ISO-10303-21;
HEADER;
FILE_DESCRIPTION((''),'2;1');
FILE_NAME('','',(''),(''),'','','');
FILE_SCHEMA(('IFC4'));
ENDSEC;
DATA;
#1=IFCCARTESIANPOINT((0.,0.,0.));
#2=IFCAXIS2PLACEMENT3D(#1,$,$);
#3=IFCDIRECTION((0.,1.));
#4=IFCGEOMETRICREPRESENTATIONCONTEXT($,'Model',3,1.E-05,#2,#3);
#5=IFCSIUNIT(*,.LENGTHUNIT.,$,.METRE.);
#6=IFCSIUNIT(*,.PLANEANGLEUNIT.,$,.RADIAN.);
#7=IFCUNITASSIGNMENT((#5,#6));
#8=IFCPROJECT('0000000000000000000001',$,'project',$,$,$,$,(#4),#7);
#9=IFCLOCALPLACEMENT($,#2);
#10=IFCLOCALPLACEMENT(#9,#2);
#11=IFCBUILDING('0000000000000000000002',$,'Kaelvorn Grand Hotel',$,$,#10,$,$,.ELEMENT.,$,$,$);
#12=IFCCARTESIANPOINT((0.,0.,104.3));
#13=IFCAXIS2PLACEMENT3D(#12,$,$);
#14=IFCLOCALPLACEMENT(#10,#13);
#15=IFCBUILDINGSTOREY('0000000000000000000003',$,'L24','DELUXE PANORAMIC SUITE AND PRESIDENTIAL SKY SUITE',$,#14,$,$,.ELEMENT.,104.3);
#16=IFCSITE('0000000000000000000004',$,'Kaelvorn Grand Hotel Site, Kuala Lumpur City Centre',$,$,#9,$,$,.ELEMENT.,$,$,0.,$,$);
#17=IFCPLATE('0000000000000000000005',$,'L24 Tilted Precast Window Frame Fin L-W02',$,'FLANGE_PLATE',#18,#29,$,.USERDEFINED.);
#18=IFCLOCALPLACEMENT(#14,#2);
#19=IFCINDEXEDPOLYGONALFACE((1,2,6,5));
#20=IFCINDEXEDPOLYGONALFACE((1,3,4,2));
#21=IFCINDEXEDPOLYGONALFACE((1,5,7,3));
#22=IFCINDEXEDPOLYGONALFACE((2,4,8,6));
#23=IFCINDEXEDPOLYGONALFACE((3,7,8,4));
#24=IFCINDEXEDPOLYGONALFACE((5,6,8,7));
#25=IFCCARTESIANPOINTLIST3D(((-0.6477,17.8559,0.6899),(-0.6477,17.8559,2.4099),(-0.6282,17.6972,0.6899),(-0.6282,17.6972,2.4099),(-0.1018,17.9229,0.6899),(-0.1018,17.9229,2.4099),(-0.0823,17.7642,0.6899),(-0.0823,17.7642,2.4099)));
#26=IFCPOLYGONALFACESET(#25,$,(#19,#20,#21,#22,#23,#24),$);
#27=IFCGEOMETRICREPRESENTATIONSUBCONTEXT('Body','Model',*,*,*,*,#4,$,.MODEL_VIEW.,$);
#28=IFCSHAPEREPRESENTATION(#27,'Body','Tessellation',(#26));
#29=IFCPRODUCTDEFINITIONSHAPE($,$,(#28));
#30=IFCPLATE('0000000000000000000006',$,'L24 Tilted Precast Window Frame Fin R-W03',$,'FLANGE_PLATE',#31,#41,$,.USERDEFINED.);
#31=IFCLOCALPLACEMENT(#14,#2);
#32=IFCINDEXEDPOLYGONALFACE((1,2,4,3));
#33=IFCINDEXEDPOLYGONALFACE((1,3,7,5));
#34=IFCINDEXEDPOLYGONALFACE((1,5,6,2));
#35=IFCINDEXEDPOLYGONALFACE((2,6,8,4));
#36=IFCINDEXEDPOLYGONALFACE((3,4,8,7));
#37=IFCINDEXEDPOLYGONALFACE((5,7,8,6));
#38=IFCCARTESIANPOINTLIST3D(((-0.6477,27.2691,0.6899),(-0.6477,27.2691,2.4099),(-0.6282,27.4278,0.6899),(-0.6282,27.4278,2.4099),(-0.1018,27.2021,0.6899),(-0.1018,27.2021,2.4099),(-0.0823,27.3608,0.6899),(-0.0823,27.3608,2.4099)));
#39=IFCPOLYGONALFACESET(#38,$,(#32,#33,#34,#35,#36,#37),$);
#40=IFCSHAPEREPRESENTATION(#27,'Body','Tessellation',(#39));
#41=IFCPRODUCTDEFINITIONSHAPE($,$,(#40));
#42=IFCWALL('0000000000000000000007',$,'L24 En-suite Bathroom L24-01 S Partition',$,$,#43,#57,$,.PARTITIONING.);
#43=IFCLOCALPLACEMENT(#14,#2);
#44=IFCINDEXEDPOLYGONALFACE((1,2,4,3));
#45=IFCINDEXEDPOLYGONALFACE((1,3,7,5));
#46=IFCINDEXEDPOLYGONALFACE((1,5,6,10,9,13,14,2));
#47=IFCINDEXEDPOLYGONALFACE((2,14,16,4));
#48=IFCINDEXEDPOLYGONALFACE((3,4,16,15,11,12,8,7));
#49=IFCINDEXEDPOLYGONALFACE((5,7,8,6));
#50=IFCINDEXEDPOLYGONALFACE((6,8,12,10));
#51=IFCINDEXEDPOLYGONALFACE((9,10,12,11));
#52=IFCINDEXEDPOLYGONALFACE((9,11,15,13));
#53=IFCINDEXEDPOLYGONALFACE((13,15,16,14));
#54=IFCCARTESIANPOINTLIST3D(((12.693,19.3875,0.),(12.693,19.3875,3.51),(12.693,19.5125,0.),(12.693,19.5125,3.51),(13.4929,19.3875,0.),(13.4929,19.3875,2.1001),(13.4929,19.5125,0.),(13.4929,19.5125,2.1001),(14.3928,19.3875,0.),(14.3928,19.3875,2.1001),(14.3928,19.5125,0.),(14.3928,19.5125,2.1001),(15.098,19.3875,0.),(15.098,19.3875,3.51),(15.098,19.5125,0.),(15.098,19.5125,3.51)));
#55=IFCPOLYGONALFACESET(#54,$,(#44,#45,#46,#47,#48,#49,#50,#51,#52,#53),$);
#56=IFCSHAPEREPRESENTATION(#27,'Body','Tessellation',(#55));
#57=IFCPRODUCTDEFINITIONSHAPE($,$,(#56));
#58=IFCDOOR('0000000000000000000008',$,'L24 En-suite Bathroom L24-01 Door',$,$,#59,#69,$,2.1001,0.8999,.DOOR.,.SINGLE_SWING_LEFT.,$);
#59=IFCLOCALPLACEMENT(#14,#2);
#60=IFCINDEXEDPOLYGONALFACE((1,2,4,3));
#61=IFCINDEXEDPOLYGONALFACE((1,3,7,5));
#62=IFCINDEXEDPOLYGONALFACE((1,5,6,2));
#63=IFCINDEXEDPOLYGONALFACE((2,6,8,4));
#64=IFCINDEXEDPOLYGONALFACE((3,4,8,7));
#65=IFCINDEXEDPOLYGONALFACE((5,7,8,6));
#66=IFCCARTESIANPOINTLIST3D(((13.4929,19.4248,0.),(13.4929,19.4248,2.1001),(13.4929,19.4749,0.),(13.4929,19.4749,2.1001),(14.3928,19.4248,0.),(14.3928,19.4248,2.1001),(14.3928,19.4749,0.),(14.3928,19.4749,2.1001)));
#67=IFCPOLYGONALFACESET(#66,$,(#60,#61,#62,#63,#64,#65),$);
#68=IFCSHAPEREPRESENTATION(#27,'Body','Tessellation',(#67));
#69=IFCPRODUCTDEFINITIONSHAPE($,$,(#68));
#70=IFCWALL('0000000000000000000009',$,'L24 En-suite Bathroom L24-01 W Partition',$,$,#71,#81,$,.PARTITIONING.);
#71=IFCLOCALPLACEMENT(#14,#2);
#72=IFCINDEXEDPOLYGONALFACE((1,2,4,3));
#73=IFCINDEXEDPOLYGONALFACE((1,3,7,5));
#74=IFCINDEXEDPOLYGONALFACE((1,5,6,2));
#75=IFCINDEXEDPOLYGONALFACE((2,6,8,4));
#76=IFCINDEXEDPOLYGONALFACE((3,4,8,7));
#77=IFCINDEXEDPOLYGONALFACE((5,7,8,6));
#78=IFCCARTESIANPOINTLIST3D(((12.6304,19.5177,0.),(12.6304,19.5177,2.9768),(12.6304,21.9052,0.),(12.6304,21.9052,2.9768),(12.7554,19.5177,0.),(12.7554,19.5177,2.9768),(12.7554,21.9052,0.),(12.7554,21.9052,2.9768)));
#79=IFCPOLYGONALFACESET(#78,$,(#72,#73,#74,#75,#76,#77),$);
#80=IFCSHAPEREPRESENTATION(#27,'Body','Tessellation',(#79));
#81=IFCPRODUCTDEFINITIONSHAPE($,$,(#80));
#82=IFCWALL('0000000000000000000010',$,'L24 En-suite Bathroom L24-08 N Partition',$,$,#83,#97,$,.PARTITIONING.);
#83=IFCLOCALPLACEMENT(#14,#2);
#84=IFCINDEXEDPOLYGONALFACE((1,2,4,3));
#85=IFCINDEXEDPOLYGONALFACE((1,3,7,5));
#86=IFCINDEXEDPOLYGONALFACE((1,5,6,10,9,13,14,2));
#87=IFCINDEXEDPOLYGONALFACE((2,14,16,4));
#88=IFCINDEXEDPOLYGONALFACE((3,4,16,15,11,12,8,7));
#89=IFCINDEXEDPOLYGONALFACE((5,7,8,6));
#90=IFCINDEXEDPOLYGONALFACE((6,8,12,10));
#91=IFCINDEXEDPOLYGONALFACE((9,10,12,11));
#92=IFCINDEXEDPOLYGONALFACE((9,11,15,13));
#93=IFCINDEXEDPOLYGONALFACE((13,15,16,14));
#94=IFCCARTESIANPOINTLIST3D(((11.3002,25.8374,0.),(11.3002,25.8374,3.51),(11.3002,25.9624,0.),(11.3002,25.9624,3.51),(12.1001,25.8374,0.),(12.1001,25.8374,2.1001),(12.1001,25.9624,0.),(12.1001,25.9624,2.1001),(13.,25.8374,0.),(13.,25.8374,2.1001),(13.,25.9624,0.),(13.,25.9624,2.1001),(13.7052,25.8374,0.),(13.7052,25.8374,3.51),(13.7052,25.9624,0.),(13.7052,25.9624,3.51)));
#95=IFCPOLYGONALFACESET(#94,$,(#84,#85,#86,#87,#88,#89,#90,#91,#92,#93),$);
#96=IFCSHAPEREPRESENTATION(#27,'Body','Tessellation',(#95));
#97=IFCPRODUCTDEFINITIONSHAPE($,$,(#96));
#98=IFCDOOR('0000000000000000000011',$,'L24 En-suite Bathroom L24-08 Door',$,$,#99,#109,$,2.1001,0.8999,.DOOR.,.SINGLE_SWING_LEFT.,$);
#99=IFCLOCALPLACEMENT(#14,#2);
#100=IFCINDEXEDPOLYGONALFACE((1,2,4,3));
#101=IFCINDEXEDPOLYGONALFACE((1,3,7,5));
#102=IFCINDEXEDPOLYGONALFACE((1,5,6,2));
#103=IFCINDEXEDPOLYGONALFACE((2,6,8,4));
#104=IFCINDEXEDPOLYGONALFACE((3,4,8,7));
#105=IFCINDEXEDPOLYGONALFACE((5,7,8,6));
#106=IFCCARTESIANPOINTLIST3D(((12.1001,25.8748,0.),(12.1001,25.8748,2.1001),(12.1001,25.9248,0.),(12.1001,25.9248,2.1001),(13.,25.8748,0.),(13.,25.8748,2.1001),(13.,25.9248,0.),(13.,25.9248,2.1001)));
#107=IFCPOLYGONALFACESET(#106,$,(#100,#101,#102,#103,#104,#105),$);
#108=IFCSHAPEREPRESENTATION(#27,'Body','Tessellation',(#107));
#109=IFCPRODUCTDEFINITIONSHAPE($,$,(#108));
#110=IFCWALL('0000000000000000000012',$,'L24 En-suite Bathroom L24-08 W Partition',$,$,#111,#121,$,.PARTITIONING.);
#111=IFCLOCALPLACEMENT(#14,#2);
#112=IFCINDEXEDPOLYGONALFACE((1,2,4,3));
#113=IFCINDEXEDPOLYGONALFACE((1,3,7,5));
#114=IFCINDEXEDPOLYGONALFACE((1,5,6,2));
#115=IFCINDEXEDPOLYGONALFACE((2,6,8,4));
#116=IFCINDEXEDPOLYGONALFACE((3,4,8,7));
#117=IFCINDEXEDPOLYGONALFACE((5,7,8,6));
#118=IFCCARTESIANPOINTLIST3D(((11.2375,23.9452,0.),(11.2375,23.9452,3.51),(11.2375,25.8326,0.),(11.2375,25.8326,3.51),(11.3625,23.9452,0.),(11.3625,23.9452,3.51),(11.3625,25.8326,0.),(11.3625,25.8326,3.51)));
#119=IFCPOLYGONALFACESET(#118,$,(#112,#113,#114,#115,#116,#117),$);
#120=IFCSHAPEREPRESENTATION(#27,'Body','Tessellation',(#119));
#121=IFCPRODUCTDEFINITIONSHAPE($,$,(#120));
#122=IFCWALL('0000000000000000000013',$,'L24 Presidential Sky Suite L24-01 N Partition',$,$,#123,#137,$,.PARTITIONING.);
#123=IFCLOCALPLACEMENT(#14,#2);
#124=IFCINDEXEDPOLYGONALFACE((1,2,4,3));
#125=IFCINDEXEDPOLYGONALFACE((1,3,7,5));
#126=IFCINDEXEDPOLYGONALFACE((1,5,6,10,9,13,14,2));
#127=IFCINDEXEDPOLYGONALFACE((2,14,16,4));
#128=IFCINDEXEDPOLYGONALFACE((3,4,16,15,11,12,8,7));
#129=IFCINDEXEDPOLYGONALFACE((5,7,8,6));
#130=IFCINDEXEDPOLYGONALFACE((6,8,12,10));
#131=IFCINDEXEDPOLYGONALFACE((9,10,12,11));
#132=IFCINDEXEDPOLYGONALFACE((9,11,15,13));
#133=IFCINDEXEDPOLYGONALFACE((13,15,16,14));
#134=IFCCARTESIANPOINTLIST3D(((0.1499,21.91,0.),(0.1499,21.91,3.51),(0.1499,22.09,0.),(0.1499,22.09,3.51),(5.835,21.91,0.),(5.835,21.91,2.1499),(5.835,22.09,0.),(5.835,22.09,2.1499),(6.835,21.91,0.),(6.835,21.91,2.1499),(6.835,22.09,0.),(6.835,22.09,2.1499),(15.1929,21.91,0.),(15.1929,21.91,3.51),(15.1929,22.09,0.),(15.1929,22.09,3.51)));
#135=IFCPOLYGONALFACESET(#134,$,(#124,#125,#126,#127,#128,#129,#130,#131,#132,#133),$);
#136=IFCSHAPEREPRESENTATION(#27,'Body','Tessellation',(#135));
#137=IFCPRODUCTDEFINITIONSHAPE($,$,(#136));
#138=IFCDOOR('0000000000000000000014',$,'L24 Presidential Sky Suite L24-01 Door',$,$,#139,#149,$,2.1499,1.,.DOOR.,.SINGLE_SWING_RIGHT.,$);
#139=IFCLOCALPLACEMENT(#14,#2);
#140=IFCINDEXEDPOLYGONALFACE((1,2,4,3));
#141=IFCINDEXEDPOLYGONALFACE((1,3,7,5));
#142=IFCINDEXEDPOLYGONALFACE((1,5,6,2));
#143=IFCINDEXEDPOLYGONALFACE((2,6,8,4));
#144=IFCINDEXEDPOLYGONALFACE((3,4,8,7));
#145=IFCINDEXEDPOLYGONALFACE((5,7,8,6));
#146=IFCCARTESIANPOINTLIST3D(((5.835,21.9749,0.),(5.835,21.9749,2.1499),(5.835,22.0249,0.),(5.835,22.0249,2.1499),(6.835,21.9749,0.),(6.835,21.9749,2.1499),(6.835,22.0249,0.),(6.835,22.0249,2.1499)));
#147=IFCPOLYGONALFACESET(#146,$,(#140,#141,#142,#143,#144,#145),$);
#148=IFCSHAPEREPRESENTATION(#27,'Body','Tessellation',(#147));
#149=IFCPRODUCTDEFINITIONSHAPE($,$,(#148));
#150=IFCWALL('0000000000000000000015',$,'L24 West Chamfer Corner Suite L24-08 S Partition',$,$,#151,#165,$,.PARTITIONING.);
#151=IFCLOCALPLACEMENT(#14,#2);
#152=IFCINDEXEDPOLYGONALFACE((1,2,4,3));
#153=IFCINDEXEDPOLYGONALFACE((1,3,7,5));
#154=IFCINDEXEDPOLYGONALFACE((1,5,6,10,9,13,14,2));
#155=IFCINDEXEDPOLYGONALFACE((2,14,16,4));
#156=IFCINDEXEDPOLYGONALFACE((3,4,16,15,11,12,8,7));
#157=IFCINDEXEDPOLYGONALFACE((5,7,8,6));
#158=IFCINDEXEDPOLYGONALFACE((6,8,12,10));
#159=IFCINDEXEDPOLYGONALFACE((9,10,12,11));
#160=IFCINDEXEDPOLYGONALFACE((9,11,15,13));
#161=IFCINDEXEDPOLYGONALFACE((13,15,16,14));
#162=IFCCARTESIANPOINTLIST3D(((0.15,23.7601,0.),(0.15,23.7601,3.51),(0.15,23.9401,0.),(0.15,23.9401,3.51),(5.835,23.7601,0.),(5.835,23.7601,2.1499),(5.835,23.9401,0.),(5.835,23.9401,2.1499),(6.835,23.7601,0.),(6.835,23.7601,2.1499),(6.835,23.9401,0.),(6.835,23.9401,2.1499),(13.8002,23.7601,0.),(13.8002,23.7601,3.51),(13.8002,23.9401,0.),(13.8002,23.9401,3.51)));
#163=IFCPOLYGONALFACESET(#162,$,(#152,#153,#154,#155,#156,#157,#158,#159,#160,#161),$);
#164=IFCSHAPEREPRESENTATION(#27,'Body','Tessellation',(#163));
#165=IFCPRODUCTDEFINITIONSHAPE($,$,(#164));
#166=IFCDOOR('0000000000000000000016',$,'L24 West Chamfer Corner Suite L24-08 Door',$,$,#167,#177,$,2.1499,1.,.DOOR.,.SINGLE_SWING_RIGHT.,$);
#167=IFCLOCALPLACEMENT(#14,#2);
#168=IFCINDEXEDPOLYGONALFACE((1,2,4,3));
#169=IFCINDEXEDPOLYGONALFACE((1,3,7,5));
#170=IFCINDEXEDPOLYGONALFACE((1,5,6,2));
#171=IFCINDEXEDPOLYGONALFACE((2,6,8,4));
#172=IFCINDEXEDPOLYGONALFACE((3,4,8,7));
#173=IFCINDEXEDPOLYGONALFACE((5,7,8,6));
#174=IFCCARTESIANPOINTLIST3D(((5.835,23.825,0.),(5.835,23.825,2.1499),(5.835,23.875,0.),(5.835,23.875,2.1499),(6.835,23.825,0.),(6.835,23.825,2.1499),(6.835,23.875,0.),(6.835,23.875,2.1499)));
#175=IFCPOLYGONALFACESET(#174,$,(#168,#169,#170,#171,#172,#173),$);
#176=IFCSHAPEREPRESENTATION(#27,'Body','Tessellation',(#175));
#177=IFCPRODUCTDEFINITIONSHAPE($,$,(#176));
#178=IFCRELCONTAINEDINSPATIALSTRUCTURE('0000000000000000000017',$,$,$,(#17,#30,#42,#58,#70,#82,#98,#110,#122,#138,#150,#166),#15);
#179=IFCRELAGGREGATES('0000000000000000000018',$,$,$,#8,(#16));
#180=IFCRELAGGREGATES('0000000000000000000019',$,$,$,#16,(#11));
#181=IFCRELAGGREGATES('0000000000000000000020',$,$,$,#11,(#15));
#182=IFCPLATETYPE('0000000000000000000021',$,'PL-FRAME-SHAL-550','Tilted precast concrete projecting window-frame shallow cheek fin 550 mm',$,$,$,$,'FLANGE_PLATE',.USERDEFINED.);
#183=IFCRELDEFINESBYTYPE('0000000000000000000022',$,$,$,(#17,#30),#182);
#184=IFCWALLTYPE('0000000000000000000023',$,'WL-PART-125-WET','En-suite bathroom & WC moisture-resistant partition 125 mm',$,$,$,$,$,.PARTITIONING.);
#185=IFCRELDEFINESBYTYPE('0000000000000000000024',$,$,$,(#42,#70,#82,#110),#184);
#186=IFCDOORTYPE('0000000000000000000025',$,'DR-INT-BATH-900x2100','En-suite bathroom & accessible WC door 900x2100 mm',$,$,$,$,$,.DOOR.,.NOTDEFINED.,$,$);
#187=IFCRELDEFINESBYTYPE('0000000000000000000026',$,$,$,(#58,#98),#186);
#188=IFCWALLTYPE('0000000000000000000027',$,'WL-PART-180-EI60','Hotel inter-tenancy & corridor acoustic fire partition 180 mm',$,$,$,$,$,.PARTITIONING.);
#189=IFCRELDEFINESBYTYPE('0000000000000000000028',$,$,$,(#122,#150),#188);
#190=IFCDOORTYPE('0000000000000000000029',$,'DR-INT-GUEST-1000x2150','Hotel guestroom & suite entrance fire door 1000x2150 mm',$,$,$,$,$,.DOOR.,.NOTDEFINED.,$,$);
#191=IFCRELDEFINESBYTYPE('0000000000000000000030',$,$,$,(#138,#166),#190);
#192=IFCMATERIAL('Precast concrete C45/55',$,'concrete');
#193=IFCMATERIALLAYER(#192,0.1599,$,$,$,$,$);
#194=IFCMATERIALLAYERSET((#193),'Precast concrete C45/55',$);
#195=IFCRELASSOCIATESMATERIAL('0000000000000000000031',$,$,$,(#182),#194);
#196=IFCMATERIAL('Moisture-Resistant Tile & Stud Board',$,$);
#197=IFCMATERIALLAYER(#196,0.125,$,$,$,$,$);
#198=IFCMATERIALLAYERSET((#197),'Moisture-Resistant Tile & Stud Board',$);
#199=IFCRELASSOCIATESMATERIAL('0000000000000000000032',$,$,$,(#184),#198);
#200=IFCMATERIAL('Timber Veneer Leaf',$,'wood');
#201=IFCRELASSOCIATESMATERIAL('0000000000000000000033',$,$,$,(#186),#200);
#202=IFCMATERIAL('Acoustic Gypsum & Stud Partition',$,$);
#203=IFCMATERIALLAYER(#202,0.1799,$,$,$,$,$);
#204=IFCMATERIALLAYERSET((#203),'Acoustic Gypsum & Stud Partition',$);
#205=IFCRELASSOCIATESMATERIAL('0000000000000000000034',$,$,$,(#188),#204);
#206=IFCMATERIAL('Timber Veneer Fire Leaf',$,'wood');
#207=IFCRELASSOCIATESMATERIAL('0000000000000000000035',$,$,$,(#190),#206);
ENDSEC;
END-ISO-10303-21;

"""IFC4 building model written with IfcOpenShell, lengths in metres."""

from ifc_helpers import new_model, si_unit, direction, frame, frame_2d, origin, origin_2d, place, context, subcontext, project, spatial, rectangle, extrude, material, layer, layer_set, type_object, element, fill, save


model = new_model("IFC4")

# Units and contexts
model_context = context("Model", 3, precision=1e-05, world=origin(), true_north=direction((0.0, 1.0)))
body_context = subcontext(model_context, "Body", "Model", "MODEL_VIEW")
ifc_project = project(units=[si_unit("LENGTHUNIT", "METRE"), si_unit("PLANEANGLEUNIT", "RADIAN")], contexts=[model_context])

# Site, building, storey
site_placement = place(None, origin())
site = spatial("IfcSite", under=ifc_project, at=site_placement, Name="Kaelvorn Grand Hotel Site, Kuala Lumpur City Centre", CompositionType="ELEMENT", RefElevation=0.0)
building_placement = place(site_placement, origin())
building = spatial("IfcBuilding", under=site, at=building_placement, Name="Kaelvorn Grand Hotel", CompositionType="ELEMENT")
storey_placement = place(building_placement, frame((0.0, 0.0, 104.3)))
storey = spatial("IfcBuildingStorey", under=building, at=storey_placement, Name="L24", Description="DELUXE PANORAMIC SUITE AND PRESIDENTIAL SKY SUITE", CompositionType="ELEMENT", Elevation=104.3)

# Plates
ifc_material_1 = material(Name="Precast concrete C45/55", Category="concrete")
ifc_layer_1 = layer(ifc_material_1, 0.1599)
ifc_layer_set_1 = layer_set([ifc_layer_1], Name="Precast concrete C45/55")
plate_type_1 = type_object("IfcPlateType", Name="PL-FRAME-SHAL-550", Description="Tilted precast concrete projecting window-frame shallow cheek fin 550 mm", ElementType="FLANGE_PLATE", PredefinedType="USERDEFINED", material=ifc_layer_set_1)
for number, where, z_axis, x_axis, name in (
    (1, (-0.365, 17.8101, 0.6899), (0.0, 0.0, 1.0), (-0.121869, 0.992546, 0.0), "L24 Tilted Precast Window Frame Fin L-W02"),
    (2, (-0.365, 27.3149, 0.6899), (0.0, 0.0, 1.0), (0.121869, 0.992546, 0.0), "L24 Tilted Precast Window Frame Fin R-W03"),
):
    element("IfcPlate", number, at=place(storey_placement, frame(where, z_axis=z_axis, x_axis=x_axis)), inside=storey, type_object=plate_type_1, Name=name, ObjectType="FLANGE_PLATE", PredefinedType="USERDEFINED", context=body_context, shape_type="SweptSolid", body=[
        extrude(rectangle(XDim=0.1599, YDim=0.55, at=origin_2d()), origin(), (0.0, 0.0, 1.0), 1.72),
    ])

# Wall, opening, door
ifc_material_2 = material(Name="Moisture-Resistant Tile & Stud Board")
ifc_layer_2 = layer(ifc_material_2, 0.125)
ifc_layer_set_2 = layer_set([ifc_layer_2], Name="Moisture-Resistant Tile & Stud Board")
wall_type_1 = type_object("IfcWallType", Name="WL-PART-125-WET", Description="En-suite bathroom & WC moisture-resistant partition 125 mm", PredefinedType="PARTITIONING", material=ifc_layer_set_2)
wall_1_placement = place(storey_placement, frame((12.6929, 19.45, 0.0), z_axis=(0.0, 0.0, 1.0), x_axis=(1.0, 0.0, 0.0)))
wall_1 = element("IfcWall", 3, at=wall_1_placement, inside=storey, type_object=wall_type_1, Name="L24 En-suite Bathroom L24-01 S Partition", PredefinedType="PARTITIONING", context=body_context, shape_type="SweptSolid", body=[
    extrude(rectangle(XDim=2.405, YDim=0.125, at=frame_2d((1.2026, 0.0))), origin(), (0.0, 0.0, 1.0), 3.51),
])
opening_1_placement = place(wall_1_placement, frame((0.8, 0.0, 0.0)))
opening_1 = element("IfcOpeningElement", 4, at=opening_1_placement, cuts=wall_1, PredefinedType="OPENING", context=body_context, shape_type="SweptSolid", body=[
    extrude(rectangle(XDim=0.8999, YDim=2.1001, at=frame_2d((0.45, 1.05))), frame((0.0, 0.0725, 0.0), z_axis=(0.0, -1.0, 0.0), x_axis=(1.0, 0.0, 0.0)), (0.0, 0.0, 1.0), 0.145),
])
ifc_material_3 = material(Name="Timber Veneer Leaf", Category="wood")
door_type_1 = type_object("IfcDoorType", Name="DR-INT-BATH-900x2100", Description="En-suite bathroom & accessible WC door 900x2100 mm", OperationType="NOTDEFINED", PredefinedType="DOOR", material=ifc_material_3)
door_1_placement = place(opening_1_placement, origin())
door_1 = element("IfcDoor", 5, at=door_1_placement, inside=storey, type_object=door_type_1, Name="L24 En-suite Bathroom L24-01 Door", OperationType="SINGLE_SWING_LEFT", OverallHeight=2.1001, OverallWidth=0.8999, PredefinedType="DOOR", context=body_context, shape_type="SweptSolid", body=[
    extrude(rectangle(XDim=0.8999, YDim=2.1001, at=frame_2d((0.45, 1.05))), frame((0.0, 0.0249, 0.0), z_axis=(0.0, -1.0, 0.0), x_axis=(1.0, 0.0, 0.0)), (0.0, 0.0, 1.0), 0.05),
])
fill(opening_1, door_1)

# Wall
wall_2_placement = place(storey_placement, frame((12.6929, 19.5176, 0.0), z_axis=(0.0, 0.0, 1.0), x_axis=(0.0, 1.0, 0.0)))
element("IfcWall", 6, at=wall_2_placement, inside=storey, type_object=wall_type_1, Name="L24 En-suite Bathroom L24-01 W Partition", PredefinedType="PARTITIONING", context=body_context, shape_type="SweptSolid", body=[
    extrude(rectangle(XDim=2.3875, YDim=0.125, at=frame_2d((1.1938, 0.0))), origin(), (0.0, 0.0, 1.0), 2.9768),
])

# Wall, opening, door
wall_3_placement = place(storey_placement, frame((11.3, 25.8999, 0.0), z_axis=(0.0, 0.0, 1.0), x_axis=(1.0, 0.0, 0.0)))
wall_3 = element("IfcWall", 7, at=wall_3_placement, inside=storey, type_object=wall_type_1, Name="L24 En-suite Bathroom L24-08 N Partition", PredefinedType="PARTITIONING", context=body_context, shape_type="SweptSolid", body=[
    extrude(rectangle(XDim=2.405, YDim=0.125, at=frame_2d((1.2026, 0.0))), origin(), (0.0, 0.0, 1.0), 3.51),
])
opening_2_placement = place(wall_3_placement, frame((0.8, 0.0, 0.0)))
opening_2 = element("IfcOpeningElement", 8, at=opening_2_placement, cuts=wall_3, PredefinedType="OPENING", context=body_context, shape_type="SweptSolid", body=[
    extrude(rectangle(XDim=0.8999, YDim=2.1001, at=frame_2d((0.45, 1.05))), frame((0.0, 0.0725, 0.0), z_axis=(0.0, -1.0, 0.0), x_axis=(1.0, 0.0, 0.0)), (0.0, 0.0, 1.0), 0.145),
])
door_2_placement = place(opening_2_placement, origin())
door_2 = element("IfcDoor", 9, at=door_2_placement, inside=storey, type_object=door_type_1, Name="L24 En-suite Bathroom L24-08 Door", OperationType="SINGLE_SWING_LEFT", OverallHeight=2.1001, OverallWidth=0.8999, PredefinedType="DOOR", context=body_context, shape_type="SweptSolid", body=[
    extrude(rectangle(XDim=0.8999, YDim=2.1001, at=frame_2d((0.45, 1.05))), frame((0.0, 0.0249, 0.0), z_axis=(0.0, -1.0, 0.0), x_axis=(1.0, 0.0, 0.0)), (0.0, 0.0, 1.0), 0.05),
])
fill(opening_2, door_2)

# Wall
wall_4_placement = place(storey_placement, frame((11.3, 23.9451, 0.0), z_axis=(0.0, 0.0, 1.0), x_axis=(0.0, 1.0, 0.0)))
element("IfcWall", 10, at=wall_4_placement, inside=storey, type_object=wall_type_1, Name="L24 En-suite Bathroom L24-08 W Partition", PredefinedType="PARTITIONING", context=body_context, shape_type="SweptSolid", body=[
    extrude(rectangle(XDim=1.8875, YDim=0.125, at=frame_2d((0.9438, 0.0))), origin(), (0.0, 0.0, 1.0), 3.51),
])

# Walls, openings, doors
ifc_material_4 = material(Name="Acoustic Gypsum & Stud Partition")
ifc_layer_3 = layer(ifc_material_4, 0.1799)
ifc_layer_set_3 = layer_set([ifc_layer_3], Name="Acoustic Gypsum & Stud Partition")
wall_type_2 = type_object("IfcWallType", Name="WL-PART-180-EI60", Description="Hotel inter-tenancy & corridor acoustic fire partition 180 mm", PredefinedType="PARTITIONING", material=ifc_layer_set_3)
wall_5_placement = place(storey_placement, frame((0.1499, 22.0, 0.0), z_axis=(0.0, 0.0, 1.0), x_axis=(1.0, 0.0, 0.0)))
wall_5 = element("IfcWall", 11, at=wall_5_placement, inside=storey, type_object=wall_type_2, Name="L24 Presidential Sky Suite L24-01 N Partition", PredefinedType="PARTITIONING", context=body_context, shape_type="SweptSolid", body=[
    extrude(rectangle(XDim=15.043, YDim=0.1799, at=frame_2d((7.5215, 0.0))), origin(), (0.0, 0.0, 1.0), 3.51),
])
opening_3_placement = place(wall_5_placement, frame((5.6851, 0.0, 0.0)))
opening_3 = element("IfcOpeningElement", 12, at=opening_3_placement, cuts=wall_5, PredefinedType="OPENING", context=body_context, shape_type="SweptSolid", body=[
    extrude(rectangle(XDim=1.0, YDim=2.1499, at=frame_2d((0.5, 1.075))), frame((0.0, 0.1001, 0.0), z_axis=(0.0, -1.0, 0.0), x_axis=(1.0, 0.0, 0.0)), (0.0, 0.0, 1.0), 0.2),
])
ifc_material_5 = material(Name="Timber Veneer Fire Leaf", Category="wood")
door_type_2 = type_object("IfcDoorType", Name="DR-INT-GUEST-1000x2150", Description="Hotel guestroom & suite entrance fire door 1000x2150 mm", OperationType="NOTDEFINED", PredefinedType="DOOR", material=ifc_material_5)
door_3_placement = place(opening_3_placement, origin())
door_3 = element("IfcDoor", 13, at=door_3_placement, inside=storey, type_object=door_type_2, Name="L24 Presidential Sky Suite L24-01 Door", OperationType="SINGLE_SWING_RIGHT", OverallHeight=2.1499, OverallWidth=1.0, PredefinedType="DOOR", context=body_context, shape_type="SweptSolid", body=[
    extrude(rectangle(XDim=1.0, YDim=2.1499, at=frame_2d((0.5, 1.075))), frame((0.0, 0.0249, 0.0), z_axis=(0.0, -1.0, 0.0), x_axis=(1.0, 0.0, 0.0)), (0.0, 0.0, 1.0), 0.05),
])
fill(opening_3, door_3)
wall_6_placement = place(storey_placement, frame((0.1499, 23.8501, 0.0), z_axis=(0.0, 0.0, 1.0), x_axis=(1.0, 0.0, 0.0)))
wall_6 = element("IfcWall", 14, at=wall_6_placement, inside=storey, type_object=wall_type_2, Name="L24 West Chamfer Corner Suite L24-08 S Partition", PredefinedType="PARTITIONING", context=body_context, shape_type="SweptSolid", body=[
    extrude(rectangle(XDim=13.6501, YDim=0.1799, at=frame_2d((6.8252, 0.0))), origin(), (0.0, 0.0, 1.0), 3.51),
])
opening_4_placement = place(wall_6_placement, frame((5.6851, 0.0, 0.0)))
opening_4 = element("IfcOpeningElement", 15, at=opening_4_placement, cuts=wall_6, PredefinedType="OPENING", context=body_context, shape_type="SweptSolid", body=[
    extrude(rectangle(XDim=1.0, YDim=2.1499, at=frame_2d((0.5, 1.075))), frame((0.0, 0.1001, 0.0), z_axis=(0.0, -1.0, 0.0), x_axis=(1.0, 0.0, 0.0)), (0.0, 0.0, 1.0), 0.2),
])
door_4_placement = place(opening_4_placement, origin())
door_4 = element("IfcDoor", 16, at=door_4_placement, inside=storey, type_object=door_type_2, Name="L24 West Chamfer Corner Suite L24-08 Door", OperationType="SINGLE_SWING_RIGHT", OverallHeight=2.1499, OverallWidth=1.0, PredefinedType="DOOR", context=body_context, shape_type="SweptSolid", body=[
    extrude(rectangle(XDim=1.0, YDim=2.1499, at=frame_2d((0.5, 1.075))), frame((0.0, 0.0249, 0.0), z_axis=(0.0, -1.0, 0.0), x_axis=(1.0, 0.0, 0.0)), (0.0, 0.0, 1.0), 0.05),
])
fill(opening_4, door_4)

save(model, "model.ifc")
